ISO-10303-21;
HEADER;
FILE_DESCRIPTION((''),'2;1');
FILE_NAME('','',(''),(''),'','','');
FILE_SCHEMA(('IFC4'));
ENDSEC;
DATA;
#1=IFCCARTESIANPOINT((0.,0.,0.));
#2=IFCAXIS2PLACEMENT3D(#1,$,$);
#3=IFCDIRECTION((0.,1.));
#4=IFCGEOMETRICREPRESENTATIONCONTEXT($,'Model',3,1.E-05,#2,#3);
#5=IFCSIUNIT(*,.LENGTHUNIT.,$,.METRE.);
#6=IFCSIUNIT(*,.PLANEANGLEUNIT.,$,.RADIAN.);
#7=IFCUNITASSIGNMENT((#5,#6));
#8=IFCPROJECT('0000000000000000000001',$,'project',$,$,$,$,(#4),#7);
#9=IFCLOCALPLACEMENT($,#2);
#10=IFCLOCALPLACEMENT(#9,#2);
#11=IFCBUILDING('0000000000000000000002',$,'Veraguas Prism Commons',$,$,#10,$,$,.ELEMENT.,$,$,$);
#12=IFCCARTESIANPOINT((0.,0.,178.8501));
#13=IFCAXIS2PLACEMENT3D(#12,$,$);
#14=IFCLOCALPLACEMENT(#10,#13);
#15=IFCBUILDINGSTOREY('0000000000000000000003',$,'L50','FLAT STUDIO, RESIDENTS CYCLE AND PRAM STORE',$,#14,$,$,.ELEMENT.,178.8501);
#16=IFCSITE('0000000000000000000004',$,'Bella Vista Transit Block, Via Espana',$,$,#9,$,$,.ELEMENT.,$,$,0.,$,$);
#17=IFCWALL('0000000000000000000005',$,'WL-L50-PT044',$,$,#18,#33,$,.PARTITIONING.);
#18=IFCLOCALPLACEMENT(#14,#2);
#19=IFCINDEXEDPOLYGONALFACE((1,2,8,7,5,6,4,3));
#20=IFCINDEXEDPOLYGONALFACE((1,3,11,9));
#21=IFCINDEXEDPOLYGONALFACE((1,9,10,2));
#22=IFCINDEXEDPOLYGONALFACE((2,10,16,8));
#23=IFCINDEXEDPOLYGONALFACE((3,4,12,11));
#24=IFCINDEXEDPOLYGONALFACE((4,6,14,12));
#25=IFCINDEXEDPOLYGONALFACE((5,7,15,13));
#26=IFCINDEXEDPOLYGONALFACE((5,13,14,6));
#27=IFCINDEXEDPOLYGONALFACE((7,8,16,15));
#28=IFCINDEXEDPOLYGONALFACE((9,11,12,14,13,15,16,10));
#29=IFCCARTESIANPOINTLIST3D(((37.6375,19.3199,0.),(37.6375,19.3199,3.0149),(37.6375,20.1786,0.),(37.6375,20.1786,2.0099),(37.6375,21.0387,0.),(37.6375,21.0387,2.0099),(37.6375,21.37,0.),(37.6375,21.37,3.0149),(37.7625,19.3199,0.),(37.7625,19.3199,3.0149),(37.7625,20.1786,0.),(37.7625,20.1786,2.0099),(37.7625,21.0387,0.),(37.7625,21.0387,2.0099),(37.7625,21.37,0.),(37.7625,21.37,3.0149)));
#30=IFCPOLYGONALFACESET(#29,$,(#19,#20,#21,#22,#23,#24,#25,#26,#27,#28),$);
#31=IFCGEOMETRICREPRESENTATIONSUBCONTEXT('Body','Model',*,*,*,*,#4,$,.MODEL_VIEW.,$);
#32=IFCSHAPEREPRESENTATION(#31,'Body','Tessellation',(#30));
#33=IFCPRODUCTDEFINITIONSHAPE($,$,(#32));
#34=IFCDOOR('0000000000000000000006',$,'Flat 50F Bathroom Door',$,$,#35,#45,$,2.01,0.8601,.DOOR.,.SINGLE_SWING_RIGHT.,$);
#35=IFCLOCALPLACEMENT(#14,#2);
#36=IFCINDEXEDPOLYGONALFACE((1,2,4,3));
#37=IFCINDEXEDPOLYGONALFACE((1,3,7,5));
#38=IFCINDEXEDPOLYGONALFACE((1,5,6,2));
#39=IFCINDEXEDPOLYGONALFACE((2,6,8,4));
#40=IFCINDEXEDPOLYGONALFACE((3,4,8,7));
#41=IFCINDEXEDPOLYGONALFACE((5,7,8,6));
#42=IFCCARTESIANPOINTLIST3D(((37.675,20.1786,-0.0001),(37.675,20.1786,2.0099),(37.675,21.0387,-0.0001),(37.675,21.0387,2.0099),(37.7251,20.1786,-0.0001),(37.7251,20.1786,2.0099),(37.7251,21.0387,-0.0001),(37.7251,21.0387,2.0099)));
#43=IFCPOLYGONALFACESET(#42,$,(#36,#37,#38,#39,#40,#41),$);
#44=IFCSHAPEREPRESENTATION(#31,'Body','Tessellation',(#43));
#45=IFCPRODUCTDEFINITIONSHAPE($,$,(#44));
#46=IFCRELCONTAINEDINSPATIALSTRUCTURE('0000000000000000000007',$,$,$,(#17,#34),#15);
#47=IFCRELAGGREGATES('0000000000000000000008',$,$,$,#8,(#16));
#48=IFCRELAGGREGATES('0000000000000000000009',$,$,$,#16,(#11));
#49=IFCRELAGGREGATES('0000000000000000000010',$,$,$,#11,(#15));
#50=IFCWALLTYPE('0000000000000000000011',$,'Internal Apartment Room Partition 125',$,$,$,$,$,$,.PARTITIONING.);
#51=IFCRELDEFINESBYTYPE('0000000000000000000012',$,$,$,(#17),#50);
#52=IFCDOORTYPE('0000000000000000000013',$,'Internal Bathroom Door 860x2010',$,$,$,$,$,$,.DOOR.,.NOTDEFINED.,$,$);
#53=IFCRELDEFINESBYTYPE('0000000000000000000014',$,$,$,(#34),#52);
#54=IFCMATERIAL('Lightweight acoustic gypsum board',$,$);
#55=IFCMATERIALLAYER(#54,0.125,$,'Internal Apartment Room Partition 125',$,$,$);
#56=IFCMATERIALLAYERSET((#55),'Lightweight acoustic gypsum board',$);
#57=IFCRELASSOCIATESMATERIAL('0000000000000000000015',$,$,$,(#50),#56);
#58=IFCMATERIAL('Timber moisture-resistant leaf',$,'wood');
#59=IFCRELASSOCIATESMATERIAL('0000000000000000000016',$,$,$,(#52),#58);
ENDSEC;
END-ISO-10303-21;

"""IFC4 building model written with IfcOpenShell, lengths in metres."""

from ifc_helpers import new_model, si_unit, direction, frame, frame_2d, origin, place, context, subcontext, project, spatial, rectangle, extrude, source, transform, mapped, material, layer, layer_set, type_object, element, fill, save


model = new_model("IFC4")

# Units and contexts
model_context = context("Model", 3, precision=1e-05, world=origin(), true_north=direction((0.0, 1.0)))
body_context = subcontext(model_context, "Body", "Model", "MODEL_VIEW")
ifc_project = project(units=[si_unit("LENGTHUNIT", "METRE"), si_unit("PLANEANGLEUNIT", "RADIAN")], contexts=[model_context])

# Site, building, storey
site_placement = place(None, origin())
site = spatial("IfcSite", under=ifc_project, at=site_placement, Name="Bella Vista Transit Block, Via Espana", CompositionType="ELEMENT", RefElevation=0.0)
building_placement = place(site_placement, origin())
building = spatial("IfcBuilding", under=site, at=building_placement, Name="Veraguas Prism Commons", CompositionType="ELEMENT")
storey_placement = place(building_placement, frame((0.0, 0.0, 178.8501)))
storey = spatial("IfcBuildingStorey", under=building, at=storey_placement, Name="L50", Description="FLAT STUDIO, RESIDENTS CYCLE AND PRAM STORE", CompositionType="ELEMENT", Elevation=178.8501)

# Wall, opening, door
ifc_material_1 = material(Name="Lightweight acoustic gypsum board")
ifc_layer_1 = layer(ifc_material_1, 0.125, Name="Internal Apartment Room Partition 125")
ifc_layer_set_1 = layer_set([ifc_layer_1], Name="Lightweight acoustic gypsum board")
wall_type_1 = type_object("IfcWallType", Name="Internal Apartment Room Partition 125", PredefinedType="PARTITIONING", material=ifc_layer_set_1)
wall_1_placement = place(storey_placement, frame((37.7, 19.3201, 0.0), z_axis=(0.0, 0.0, 1.0), x_axis=(0.0, 1.0, 0.0)))
wall_1 = element("IfcWall", 1, at=wall_1_placement, inside=storey, type_object=wall_type_1, Name="WL-L50-PT044", PredefinedType="PARTITIONING", context=body_context, shape_type="SweptSolid", body=[
    extrude(rectangle(XDim=2.05, YDim=0.125, at=frame_2d((1.0249, 0.0))), origin(), (0.0, 0.0, 1.0), 3.0149),
])
opening_1_placement = place(wall_1_placement, frame((0.8584, 0.0, 0.0)))
opening_1 = element("IfcOpeningElement", 2, at=opening_1_placement, cuts=wall_1, PredefinedType="OPENING", context=body_context, shape_type="SweptSolid", body=[
    extrude(rectangle(XDim=0.8601, YDim=2.01, at=frame_2d((0.4302, 1.0049))), frame((0.0, 0.0725, 0.0), z_axis=(0.0, -1.0, 0.0), x_axis=(1.0, 0.0, 0.0)), (0.0, 0.0, 1.0), 0.145),
])
ifc_material_2 = material(Name="Timber moisture-resistant leaf", Category="wood")
door_type_1 = type_object("IfcDoorType", Name="Internal Bathroom Door 860x2010", OperationType="NOTDEFINED", PredefinedType="DOOR", material=ifc_material_2)
shared_shape_1 = source(origin(), body_context, "Body", "SweptSolid", [
    extrude(rectangle(XDim=0.8601, YDim=2.01, at=frame_2d((0.4302, 1.0049))), frame((0.0, 0.0249, 0.0), z_axis=(0.0, -1.0, 0.0), x_axis=(1.0, 0.0, 0.0)), (0.0, 0.0, 1.0), 0.05),
])
door_1_placement = place(opening_1_placement, origin())
door_1 = element("IfcDoor", 3, at=door_1_placement, inside=storey, type_object=door_type_1, Name="Flat 50F Bathroom Door", OperationType="SINGLE_SWING_RIGHT", OverallHeight=2.01, OverallWidth=0.8601, PredefinedType="DOOR", context=body_context, shape_type="MappedRepresentation", body=[
    mapped(shared_shape_1, transform((0.0, 0.0, 0.0), scale=1.0)),
])
fill(opening_1, door_1)

save(model, "model.ifc")
